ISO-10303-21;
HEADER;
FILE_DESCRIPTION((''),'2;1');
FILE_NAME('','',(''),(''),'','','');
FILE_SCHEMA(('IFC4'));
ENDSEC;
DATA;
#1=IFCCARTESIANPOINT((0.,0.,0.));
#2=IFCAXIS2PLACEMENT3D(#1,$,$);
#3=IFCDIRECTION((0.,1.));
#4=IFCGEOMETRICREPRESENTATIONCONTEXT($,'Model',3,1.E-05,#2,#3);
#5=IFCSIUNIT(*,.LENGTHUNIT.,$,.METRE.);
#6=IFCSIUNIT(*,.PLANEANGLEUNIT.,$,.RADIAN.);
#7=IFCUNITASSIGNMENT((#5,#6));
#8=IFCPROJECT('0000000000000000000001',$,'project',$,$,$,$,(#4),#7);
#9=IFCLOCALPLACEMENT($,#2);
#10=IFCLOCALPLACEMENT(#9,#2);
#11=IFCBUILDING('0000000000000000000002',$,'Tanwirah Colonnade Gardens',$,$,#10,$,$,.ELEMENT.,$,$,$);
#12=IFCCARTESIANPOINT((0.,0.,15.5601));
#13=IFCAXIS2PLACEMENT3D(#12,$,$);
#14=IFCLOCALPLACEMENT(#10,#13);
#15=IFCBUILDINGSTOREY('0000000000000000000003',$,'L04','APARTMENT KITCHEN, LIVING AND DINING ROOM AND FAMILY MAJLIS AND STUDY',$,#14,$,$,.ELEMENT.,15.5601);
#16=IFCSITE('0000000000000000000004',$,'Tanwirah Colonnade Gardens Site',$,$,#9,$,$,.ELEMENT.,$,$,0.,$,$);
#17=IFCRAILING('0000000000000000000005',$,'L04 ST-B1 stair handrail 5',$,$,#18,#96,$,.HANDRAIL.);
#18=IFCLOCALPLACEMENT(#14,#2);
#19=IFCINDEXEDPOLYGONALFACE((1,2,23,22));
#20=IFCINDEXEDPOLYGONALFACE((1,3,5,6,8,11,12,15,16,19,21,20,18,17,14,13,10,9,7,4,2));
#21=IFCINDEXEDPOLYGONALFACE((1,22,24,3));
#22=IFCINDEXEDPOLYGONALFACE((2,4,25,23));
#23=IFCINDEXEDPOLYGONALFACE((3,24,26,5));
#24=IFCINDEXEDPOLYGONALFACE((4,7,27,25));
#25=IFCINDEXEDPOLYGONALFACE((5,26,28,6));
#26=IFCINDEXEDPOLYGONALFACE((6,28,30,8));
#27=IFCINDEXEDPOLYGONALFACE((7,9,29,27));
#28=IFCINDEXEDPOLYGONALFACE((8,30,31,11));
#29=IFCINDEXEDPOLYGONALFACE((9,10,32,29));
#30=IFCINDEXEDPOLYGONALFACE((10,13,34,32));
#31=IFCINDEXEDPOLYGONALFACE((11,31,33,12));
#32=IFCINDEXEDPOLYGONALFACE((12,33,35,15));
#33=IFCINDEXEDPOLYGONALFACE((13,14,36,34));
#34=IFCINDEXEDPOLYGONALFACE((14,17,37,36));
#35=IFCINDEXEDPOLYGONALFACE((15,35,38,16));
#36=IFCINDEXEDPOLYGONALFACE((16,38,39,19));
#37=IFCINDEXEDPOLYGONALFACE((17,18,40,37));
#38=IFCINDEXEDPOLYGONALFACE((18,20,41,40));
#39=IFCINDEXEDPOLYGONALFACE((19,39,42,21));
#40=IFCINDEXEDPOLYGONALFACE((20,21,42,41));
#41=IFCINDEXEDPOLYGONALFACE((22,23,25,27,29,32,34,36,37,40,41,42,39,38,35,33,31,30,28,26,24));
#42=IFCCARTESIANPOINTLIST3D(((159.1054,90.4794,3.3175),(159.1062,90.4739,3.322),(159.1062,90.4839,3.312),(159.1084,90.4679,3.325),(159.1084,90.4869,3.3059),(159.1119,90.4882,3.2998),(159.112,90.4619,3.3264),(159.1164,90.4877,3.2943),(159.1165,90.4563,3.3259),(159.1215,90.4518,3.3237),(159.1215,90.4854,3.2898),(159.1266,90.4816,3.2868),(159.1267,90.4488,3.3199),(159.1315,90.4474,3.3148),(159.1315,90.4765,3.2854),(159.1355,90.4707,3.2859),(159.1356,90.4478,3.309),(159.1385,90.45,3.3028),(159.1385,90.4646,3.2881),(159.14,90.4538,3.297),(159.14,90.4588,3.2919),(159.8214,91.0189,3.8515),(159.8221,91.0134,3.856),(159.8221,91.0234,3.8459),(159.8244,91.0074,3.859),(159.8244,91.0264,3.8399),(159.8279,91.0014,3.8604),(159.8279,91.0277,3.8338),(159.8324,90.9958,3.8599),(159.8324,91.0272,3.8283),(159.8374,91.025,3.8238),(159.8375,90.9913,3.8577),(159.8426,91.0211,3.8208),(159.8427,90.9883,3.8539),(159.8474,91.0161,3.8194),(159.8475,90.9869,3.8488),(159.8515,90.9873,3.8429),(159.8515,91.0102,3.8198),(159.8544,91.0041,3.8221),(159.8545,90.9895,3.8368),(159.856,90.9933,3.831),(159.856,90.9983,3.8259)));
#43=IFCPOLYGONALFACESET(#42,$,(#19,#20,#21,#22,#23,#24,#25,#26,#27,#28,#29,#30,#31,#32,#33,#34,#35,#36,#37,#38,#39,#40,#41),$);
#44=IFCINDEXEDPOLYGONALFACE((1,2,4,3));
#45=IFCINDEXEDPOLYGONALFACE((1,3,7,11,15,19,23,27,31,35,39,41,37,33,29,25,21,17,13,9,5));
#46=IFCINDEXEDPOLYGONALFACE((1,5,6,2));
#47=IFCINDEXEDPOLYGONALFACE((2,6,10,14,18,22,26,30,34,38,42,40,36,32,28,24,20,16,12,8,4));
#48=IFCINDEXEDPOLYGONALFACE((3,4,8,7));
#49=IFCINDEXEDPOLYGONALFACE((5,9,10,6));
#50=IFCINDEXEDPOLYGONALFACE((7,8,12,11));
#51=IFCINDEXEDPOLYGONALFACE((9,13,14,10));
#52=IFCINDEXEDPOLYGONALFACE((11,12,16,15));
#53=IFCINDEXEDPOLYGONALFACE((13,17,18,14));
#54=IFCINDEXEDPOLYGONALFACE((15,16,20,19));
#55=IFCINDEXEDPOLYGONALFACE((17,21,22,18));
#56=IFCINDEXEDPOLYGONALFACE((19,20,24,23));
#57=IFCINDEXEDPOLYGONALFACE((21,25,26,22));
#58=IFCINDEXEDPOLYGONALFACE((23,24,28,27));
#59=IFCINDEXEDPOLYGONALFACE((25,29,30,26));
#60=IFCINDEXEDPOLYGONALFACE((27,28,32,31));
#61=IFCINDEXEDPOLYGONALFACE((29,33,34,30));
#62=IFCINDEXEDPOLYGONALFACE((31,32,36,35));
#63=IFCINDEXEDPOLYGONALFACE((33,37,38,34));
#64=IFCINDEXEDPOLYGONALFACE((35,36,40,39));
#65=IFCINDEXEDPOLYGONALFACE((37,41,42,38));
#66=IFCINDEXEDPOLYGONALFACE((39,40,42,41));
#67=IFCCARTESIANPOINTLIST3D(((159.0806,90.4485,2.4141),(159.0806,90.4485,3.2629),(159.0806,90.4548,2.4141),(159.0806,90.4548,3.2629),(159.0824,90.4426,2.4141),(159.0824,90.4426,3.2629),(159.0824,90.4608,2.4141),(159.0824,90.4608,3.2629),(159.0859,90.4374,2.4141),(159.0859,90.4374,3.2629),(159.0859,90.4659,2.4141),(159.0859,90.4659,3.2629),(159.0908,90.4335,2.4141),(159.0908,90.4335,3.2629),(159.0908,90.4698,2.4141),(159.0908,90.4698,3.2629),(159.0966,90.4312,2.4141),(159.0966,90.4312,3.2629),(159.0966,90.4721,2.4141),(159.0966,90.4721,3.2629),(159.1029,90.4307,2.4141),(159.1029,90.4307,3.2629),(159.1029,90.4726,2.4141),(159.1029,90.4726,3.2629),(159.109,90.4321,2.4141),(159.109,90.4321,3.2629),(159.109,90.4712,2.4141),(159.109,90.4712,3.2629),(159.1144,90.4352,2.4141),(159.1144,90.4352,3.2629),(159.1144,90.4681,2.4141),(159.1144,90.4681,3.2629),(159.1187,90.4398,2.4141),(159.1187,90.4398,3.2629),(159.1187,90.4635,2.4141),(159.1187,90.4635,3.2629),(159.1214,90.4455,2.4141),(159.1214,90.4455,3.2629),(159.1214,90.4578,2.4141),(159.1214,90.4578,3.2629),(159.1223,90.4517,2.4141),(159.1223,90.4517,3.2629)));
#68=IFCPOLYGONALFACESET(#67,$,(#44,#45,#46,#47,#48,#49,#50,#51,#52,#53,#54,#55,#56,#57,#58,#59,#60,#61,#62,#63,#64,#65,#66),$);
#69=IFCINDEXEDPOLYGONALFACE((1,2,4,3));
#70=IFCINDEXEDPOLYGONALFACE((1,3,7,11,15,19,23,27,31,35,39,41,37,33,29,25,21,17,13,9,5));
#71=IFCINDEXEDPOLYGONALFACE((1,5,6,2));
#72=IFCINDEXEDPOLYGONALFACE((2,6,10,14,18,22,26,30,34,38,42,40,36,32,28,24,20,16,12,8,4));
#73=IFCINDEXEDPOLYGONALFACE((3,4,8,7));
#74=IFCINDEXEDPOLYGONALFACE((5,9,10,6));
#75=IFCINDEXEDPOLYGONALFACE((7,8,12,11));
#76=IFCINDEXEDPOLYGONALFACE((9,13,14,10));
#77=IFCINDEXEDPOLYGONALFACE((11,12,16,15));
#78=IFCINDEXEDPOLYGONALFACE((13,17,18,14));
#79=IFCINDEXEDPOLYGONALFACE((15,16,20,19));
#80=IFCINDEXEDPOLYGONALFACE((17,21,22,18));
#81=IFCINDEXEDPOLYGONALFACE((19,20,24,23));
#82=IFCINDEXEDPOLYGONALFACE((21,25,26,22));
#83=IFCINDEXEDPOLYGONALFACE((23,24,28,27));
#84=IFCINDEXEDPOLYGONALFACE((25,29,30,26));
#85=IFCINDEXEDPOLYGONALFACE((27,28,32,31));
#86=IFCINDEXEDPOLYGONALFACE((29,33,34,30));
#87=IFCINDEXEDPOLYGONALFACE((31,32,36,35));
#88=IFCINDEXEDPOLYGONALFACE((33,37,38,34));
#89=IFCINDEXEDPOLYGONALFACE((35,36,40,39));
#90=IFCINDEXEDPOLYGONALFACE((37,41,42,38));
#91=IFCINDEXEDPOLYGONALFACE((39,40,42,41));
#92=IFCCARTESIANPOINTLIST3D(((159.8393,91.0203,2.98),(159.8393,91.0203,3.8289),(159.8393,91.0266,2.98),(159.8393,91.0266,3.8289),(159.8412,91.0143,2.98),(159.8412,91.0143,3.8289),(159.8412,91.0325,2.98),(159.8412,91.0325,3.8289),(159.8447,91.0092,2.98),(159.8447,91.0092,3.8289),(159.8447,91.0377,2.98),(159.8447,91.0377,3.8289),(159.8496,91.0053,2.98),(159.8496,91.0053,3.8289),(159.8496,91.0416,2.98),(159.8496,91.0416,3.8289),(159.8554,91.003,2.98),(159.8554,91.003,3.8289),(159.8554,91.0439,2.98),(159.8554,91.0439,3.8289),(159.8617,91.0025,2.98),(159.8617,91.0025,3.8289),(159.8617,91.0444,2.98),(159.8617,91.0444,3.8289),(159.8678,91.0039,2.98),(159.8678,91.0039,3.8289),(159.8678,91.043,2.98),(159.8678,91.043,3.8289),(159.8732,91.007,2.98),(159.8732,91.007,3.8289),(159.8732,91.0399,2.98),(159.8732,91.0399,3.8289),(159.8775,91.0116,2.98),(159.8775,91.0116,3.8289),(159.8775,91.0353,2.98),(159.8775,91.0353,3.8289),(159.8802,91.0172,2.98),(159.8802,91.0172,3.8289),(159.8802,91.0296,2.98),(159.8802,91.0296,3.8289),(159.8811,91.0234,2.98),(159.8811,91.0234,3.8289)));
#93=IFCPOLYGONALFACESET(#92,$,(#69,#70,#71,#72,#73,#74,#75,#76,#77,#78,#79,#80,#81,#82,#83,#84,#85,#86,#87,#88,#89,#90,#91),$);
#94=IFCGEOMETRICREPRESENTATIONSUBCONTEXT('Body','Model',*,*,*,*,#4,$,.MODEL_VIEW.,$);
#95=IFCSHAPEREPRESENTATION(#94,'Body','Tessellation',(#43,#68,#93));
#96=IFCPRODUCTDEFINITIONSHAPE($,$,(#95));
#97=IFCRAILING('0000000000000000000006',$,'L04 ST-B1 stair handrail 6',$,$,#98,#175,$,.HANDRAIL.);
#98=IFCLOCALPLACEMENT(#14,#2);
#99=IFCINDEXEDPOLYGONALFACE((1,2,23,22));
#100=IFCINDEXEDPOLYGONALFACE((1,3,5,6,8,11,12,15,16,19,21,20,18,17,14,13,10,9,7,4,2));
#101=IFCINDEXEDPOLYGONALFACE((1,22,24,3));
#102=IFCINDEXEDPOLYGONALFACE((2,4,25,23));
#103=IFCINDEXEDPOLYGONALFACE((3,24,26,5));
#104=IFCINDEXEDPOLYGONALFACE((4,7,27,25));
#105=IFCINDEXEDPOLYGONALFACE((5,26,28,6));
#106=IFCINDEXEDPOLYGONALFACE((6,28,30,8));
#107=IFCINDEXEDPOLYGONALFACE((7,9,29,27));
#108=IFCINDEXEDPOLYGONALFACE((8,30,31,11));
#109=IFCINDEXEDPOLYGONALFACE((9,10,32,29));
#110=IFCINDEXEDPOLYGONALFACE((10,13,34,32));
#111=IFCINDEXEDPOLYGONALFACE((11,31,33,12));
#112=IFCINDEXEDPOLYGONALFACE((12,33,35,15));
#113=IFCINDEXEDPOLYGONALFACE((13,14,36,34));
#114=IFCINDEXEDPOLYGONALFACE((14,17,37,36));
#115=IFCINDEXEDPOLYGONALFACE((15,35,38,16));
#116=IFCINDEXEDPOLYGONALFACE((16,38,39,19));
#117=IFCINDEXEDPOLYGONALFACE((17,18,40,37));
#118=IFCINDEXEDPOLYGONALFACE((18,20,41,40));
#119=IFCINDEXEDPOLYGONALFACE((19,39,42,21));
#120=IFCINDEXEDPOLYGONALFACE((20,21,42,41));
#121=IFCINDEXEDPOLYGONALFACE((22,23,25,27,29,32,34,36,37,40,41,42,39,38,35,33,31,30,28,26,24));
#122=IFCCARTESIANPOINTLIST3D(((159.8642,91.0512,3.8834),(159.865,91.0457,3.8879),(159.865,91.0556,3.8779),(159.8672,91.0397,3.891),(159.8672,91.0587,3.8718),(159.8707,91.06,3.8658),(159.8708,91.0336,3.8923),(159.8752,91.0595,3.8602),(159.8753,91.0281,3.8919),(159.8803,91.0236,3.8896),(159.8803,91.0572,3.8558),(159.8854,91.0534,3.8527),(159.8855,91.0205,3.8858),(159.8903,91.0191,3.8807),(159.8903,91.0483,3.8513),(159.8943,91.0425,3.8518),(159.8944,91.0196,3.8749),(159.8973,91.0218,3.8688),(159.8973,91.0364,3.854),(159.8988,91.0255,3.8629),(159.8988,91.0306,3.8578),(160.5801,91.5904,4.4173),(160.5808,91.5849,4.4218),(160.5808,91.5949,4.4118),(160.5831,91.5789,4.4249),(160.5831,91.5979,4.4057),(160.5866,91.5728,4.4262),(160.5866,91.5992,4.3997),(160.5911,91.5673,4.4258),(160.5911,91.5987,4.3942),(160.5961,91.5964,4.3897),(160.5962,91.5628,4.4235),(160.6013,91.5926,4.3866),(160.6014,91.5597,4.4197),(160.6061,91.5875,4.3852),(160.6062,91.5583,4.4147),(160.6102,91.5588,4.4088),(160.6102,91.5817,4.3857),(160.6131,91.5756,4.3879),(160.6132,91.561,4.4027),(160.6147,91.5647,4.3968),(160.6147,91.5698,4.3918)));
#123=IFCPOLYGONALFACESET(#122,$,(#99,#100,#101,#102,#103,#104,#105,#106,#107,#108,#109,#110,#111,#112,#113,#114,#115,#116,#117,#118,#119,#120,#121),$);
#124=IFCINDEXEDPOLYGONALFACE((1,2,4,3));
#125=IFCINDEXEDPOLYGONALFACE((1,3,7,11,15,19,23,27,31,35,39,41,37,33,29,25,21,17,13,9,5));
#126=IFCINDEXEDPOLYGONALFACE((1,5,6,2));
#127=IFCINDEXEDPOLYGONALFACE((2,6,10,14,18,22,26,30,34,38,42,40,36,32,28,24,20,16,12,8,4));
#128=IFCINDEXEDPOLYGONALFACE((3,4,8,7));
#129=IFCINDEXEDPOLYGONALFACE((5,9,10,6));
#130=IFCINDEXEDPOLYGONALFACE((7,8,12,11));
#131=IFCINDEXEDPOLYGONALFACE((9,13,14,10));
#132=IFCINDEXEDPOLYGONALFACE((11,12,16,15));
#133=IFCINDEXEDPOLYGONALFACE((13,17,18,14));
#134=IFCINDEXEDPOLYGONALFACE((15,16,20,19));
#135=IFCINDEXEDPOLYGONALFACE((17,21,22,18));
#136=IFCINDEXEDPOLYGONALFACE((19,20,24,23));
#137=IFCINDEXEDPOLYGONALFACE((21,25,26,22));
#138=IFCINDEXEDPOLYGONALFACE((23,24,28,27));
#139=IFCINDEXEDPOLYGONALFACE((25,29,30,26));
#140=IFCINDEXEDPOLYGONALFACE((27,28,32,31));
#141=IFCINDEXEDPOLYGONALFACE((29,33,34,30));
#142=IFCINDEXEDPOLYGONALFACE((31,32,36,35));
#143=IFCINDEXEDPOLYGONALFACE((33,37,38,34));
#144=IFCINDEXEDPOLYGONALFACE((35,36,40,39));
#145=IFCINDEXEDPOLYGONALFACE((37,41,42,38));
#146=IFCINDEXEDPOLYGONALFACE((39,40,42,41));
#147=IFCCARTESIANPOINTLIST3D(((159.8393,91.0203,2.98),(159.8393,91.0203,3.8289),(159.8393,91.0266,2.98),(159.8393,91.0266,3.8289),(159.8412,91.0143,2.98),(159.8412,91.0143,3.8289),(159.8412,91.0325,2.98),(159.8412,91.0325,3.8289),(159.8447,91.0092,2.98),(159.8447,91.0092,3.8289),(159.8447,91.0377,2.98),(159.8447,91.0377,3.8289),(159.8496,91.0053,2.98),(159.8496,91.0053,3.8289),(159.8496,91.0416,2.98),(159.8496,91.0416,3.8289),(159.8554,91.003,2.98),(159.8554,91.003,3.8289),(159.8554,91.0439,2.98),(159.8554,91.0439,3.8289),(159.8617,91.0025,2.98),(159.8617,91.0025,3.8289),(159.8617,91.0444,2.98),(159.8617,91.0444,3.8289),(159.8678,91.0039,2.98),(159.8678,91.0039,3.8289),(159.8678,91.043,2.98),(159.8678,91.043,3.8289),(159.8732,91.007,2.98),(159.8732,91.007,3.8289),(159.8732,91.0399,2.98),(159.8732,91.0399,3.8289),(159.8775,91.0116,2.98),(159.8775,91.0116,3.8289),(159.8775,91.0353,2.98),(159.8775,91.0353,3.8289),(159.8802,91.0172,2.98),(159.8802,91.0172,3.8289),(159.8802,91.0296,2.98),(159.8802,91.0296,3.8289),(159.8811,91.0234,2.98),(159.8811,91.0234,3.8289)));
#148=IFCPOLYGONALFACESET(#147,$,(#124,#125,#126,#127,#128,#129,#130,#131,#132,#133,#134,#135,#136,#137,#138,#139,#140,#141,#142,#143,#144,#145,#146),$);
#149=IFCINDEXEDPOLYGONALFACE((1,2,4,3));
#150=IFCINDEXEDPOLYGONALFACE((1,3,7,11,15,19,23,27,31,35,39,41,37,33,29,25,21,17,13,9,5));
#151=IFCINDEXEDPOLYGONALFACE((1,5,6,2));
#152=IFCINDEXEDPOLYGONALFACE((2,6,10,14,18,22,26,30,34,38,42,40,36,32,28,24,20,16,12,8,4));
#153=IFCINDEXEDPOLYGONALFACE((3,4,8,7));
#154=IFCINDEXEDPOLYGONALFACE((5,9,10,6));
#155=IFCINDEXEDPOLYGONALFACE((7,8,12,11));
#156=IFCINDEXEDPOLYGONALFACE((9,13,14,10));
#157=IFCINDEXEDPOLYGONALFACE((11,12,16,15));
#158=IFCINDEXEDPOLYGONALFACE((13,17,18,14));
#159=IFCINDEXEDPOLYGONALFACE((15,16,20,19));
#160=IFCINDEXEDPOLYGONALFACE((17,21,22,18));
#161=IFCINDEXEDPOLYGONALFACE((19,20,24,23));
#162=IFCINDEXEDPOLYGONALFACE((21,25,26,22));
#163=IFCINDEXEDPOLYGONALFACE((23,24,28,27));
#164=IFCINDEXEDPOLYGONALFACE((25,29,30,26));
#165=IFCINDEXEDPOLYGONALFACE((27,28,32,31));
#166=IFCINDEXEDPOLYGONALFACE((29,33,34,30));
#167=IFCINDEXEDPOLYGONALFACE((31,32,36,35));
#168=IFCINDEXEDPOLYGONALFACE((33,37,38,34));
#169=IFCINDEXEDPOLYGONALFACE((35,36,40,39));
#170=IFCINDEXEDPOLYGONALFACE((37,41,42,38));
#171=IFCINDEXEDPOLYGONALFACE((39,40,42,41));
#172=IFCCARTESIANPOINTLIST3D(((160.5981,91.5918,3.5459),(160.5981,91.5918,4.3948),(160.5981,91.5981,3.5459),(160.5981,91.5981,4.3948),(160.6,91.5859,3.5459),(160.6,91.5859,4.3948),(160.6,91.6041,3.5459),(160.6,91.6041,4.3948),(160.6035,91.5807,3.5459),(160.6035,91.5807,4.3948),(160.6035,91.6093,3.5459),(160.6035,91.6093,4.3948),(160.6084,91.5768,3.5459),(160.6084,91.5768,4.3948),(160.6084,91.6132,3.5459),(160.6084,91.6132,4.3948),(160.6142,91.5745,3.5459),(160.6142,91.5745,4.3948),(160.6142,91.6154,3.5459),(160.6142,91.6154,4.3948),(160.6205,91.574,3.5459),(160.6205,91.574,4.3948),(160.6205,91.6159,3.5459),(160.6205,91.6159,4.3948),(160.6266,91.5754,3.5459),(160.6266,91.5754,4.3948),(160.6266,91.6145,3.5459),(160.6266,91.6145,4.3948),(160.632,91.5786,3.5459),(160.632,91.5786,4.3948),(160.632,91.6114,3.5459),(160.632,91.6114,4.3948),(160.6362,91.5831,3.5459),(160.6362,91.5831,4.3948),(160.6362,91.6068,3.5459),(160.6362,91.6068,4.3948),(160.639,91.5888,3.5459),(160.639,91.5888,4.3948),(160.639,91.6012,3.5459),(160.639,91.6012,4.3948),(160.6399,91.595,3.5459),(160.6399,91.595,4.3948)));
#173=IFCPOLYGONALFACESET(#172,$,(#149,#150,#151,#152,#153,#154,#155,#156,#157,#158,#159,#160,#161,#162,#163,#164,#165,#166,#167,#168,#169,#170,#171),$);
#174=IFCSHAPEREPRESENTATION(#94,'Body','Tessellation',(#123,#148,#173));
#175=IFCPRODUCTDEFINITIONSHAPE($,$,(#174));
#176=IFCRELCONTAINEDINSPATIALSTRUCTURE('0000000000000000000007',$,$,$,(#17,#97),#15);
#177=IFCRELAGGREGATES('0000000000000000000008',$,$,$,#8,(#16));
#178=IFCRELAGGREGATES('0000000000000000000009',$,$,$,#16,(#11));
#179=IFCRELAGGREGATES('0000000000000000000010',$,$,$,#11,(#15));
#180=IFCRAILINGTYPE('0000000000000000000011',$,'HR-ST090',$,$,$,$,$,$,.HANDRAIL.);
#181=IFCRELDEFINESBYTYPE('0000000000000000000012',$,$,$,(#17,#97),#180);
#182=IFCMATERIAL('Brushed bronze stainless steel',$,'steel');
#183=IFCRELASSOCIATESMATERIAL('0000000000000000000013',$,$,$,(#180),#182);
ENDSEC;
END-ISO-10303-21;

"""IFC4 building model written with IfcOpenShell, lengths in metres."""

from ifc_helpers import new_model, si_unit, direction, frame, origin, origin_2d, place, context, subcontext, project, spatial, circle, extrude, material, type_object, element, save


model = new_model("IFC4")

# Units and contexts
model_context = context("Model", 3, precision=1e-05, world=origin(), true_north=direction((0.0, 1.0)))
body_context = subcontext(model_context, "Body", "Model", "MODEL_VIEW")
ifc_project = project(units=[si_unit("LENGTHUNIT", "METRE"), si_unit("PLANEANGLEUNIT", "RADIAN")], contexts=[model_context])

# Site, building, storey
site_placement = place(None, origin())
site = spatial("IfcSite", under=ifc_project, at=site_placement, Name="Tanwirah Colonnade Gardens Site", CompositionType="ELEMENT", RefElevation=0.0)
building_placement = place(site_placement, origin())
building = spatial("IfcBuilding", under=site, at=building_placement, Name="Tanwirah Colonnade Gardens", CompositionType="ELEMENT")
storey_placement = place(building_placement, frame((0.0, 0.0, 15.5601)))
storey = spatial("IfcBuildingStorey", under=building, at=storey_placement, Name="L04", Description="APARTMENT KITCHEN, LIVING AND DINING ROOM AND FAMILY MAJLIS AND STUDY", CompositionType="ELEMENT", Elevation=15.5601)

# Railings
ifc_material_1 = material(Name="Brushed bronze stainless steel", Category="steel")
railing_type_1 = type_object("IfcRailingType", Name="HR-ST090", PredefinedType="HANDRAIL", material=ifc_material_1)
railing_1_placement = place(storey_placement, frame((159.1013, 90.4517, 2.4141)))
element("IfcRailing", 1, at=railing_1_placement, inside=storey, type_object=railing_type_1, Name="L04 ST-B1 stair handrail 5", PredefinedType="HANDRAIL", context=body_context, shape_type="SweptSolid", body=[
    extrude(circle(Radius=0.0239, at=origin_2d()), frame((0.0215, 0.0161, 0.8918), z_axis=(0.686145, 0.517037, 0.511739), x_axis=(-0.601807, 0.798641, 0.0)), (0.0, 0.0, 1.0), 1.0435),
    extrude(circle(Radius=0.021, at=origin_2d()), origin(), (0.0, 0.0, 1.0), 0.8489),
    extrude(circle(Radius=0.021, at=origin_2d()), frame((0.7588, 0.5718, 0.5659)), (0.0, 0.0, 1.0), 0.8489),
])
railing_2_placement = place(storey_placement, frame((159.8601, 91.0234, 2.98)))
element("IfcRailing", 2, at=railing_2_placement, inside=storey, type_object=railing_type_1, Name="L04 ST-B1 stair handrail 6", PredefinedType="HANDRAIL", context=body_context, shape_type="SweptSolid", body=[
    extrude(circle(Radius=0.0239, at=origin_2d()), frame((0.0215, 0.0161, 0.8918), z_axis=(0.686224, 0.516876, 0.511797), x_axis=(-0.601644, 0.798765, 0.0)), (0.0, 0.0, 1.0), 1.0432),
    extrude(circle(Radius=0.021, at=origin_2d()), origin(), (0.0, 0.0, 1.0), 0.8489),
    extrude(circle(Radius=0.021, at=origin_2d()), frame((0.7588, 0.5715, 0.5659)), (0.0, 0.0, 1.0), 0.8489),
])

save(model, "model.ifc")
